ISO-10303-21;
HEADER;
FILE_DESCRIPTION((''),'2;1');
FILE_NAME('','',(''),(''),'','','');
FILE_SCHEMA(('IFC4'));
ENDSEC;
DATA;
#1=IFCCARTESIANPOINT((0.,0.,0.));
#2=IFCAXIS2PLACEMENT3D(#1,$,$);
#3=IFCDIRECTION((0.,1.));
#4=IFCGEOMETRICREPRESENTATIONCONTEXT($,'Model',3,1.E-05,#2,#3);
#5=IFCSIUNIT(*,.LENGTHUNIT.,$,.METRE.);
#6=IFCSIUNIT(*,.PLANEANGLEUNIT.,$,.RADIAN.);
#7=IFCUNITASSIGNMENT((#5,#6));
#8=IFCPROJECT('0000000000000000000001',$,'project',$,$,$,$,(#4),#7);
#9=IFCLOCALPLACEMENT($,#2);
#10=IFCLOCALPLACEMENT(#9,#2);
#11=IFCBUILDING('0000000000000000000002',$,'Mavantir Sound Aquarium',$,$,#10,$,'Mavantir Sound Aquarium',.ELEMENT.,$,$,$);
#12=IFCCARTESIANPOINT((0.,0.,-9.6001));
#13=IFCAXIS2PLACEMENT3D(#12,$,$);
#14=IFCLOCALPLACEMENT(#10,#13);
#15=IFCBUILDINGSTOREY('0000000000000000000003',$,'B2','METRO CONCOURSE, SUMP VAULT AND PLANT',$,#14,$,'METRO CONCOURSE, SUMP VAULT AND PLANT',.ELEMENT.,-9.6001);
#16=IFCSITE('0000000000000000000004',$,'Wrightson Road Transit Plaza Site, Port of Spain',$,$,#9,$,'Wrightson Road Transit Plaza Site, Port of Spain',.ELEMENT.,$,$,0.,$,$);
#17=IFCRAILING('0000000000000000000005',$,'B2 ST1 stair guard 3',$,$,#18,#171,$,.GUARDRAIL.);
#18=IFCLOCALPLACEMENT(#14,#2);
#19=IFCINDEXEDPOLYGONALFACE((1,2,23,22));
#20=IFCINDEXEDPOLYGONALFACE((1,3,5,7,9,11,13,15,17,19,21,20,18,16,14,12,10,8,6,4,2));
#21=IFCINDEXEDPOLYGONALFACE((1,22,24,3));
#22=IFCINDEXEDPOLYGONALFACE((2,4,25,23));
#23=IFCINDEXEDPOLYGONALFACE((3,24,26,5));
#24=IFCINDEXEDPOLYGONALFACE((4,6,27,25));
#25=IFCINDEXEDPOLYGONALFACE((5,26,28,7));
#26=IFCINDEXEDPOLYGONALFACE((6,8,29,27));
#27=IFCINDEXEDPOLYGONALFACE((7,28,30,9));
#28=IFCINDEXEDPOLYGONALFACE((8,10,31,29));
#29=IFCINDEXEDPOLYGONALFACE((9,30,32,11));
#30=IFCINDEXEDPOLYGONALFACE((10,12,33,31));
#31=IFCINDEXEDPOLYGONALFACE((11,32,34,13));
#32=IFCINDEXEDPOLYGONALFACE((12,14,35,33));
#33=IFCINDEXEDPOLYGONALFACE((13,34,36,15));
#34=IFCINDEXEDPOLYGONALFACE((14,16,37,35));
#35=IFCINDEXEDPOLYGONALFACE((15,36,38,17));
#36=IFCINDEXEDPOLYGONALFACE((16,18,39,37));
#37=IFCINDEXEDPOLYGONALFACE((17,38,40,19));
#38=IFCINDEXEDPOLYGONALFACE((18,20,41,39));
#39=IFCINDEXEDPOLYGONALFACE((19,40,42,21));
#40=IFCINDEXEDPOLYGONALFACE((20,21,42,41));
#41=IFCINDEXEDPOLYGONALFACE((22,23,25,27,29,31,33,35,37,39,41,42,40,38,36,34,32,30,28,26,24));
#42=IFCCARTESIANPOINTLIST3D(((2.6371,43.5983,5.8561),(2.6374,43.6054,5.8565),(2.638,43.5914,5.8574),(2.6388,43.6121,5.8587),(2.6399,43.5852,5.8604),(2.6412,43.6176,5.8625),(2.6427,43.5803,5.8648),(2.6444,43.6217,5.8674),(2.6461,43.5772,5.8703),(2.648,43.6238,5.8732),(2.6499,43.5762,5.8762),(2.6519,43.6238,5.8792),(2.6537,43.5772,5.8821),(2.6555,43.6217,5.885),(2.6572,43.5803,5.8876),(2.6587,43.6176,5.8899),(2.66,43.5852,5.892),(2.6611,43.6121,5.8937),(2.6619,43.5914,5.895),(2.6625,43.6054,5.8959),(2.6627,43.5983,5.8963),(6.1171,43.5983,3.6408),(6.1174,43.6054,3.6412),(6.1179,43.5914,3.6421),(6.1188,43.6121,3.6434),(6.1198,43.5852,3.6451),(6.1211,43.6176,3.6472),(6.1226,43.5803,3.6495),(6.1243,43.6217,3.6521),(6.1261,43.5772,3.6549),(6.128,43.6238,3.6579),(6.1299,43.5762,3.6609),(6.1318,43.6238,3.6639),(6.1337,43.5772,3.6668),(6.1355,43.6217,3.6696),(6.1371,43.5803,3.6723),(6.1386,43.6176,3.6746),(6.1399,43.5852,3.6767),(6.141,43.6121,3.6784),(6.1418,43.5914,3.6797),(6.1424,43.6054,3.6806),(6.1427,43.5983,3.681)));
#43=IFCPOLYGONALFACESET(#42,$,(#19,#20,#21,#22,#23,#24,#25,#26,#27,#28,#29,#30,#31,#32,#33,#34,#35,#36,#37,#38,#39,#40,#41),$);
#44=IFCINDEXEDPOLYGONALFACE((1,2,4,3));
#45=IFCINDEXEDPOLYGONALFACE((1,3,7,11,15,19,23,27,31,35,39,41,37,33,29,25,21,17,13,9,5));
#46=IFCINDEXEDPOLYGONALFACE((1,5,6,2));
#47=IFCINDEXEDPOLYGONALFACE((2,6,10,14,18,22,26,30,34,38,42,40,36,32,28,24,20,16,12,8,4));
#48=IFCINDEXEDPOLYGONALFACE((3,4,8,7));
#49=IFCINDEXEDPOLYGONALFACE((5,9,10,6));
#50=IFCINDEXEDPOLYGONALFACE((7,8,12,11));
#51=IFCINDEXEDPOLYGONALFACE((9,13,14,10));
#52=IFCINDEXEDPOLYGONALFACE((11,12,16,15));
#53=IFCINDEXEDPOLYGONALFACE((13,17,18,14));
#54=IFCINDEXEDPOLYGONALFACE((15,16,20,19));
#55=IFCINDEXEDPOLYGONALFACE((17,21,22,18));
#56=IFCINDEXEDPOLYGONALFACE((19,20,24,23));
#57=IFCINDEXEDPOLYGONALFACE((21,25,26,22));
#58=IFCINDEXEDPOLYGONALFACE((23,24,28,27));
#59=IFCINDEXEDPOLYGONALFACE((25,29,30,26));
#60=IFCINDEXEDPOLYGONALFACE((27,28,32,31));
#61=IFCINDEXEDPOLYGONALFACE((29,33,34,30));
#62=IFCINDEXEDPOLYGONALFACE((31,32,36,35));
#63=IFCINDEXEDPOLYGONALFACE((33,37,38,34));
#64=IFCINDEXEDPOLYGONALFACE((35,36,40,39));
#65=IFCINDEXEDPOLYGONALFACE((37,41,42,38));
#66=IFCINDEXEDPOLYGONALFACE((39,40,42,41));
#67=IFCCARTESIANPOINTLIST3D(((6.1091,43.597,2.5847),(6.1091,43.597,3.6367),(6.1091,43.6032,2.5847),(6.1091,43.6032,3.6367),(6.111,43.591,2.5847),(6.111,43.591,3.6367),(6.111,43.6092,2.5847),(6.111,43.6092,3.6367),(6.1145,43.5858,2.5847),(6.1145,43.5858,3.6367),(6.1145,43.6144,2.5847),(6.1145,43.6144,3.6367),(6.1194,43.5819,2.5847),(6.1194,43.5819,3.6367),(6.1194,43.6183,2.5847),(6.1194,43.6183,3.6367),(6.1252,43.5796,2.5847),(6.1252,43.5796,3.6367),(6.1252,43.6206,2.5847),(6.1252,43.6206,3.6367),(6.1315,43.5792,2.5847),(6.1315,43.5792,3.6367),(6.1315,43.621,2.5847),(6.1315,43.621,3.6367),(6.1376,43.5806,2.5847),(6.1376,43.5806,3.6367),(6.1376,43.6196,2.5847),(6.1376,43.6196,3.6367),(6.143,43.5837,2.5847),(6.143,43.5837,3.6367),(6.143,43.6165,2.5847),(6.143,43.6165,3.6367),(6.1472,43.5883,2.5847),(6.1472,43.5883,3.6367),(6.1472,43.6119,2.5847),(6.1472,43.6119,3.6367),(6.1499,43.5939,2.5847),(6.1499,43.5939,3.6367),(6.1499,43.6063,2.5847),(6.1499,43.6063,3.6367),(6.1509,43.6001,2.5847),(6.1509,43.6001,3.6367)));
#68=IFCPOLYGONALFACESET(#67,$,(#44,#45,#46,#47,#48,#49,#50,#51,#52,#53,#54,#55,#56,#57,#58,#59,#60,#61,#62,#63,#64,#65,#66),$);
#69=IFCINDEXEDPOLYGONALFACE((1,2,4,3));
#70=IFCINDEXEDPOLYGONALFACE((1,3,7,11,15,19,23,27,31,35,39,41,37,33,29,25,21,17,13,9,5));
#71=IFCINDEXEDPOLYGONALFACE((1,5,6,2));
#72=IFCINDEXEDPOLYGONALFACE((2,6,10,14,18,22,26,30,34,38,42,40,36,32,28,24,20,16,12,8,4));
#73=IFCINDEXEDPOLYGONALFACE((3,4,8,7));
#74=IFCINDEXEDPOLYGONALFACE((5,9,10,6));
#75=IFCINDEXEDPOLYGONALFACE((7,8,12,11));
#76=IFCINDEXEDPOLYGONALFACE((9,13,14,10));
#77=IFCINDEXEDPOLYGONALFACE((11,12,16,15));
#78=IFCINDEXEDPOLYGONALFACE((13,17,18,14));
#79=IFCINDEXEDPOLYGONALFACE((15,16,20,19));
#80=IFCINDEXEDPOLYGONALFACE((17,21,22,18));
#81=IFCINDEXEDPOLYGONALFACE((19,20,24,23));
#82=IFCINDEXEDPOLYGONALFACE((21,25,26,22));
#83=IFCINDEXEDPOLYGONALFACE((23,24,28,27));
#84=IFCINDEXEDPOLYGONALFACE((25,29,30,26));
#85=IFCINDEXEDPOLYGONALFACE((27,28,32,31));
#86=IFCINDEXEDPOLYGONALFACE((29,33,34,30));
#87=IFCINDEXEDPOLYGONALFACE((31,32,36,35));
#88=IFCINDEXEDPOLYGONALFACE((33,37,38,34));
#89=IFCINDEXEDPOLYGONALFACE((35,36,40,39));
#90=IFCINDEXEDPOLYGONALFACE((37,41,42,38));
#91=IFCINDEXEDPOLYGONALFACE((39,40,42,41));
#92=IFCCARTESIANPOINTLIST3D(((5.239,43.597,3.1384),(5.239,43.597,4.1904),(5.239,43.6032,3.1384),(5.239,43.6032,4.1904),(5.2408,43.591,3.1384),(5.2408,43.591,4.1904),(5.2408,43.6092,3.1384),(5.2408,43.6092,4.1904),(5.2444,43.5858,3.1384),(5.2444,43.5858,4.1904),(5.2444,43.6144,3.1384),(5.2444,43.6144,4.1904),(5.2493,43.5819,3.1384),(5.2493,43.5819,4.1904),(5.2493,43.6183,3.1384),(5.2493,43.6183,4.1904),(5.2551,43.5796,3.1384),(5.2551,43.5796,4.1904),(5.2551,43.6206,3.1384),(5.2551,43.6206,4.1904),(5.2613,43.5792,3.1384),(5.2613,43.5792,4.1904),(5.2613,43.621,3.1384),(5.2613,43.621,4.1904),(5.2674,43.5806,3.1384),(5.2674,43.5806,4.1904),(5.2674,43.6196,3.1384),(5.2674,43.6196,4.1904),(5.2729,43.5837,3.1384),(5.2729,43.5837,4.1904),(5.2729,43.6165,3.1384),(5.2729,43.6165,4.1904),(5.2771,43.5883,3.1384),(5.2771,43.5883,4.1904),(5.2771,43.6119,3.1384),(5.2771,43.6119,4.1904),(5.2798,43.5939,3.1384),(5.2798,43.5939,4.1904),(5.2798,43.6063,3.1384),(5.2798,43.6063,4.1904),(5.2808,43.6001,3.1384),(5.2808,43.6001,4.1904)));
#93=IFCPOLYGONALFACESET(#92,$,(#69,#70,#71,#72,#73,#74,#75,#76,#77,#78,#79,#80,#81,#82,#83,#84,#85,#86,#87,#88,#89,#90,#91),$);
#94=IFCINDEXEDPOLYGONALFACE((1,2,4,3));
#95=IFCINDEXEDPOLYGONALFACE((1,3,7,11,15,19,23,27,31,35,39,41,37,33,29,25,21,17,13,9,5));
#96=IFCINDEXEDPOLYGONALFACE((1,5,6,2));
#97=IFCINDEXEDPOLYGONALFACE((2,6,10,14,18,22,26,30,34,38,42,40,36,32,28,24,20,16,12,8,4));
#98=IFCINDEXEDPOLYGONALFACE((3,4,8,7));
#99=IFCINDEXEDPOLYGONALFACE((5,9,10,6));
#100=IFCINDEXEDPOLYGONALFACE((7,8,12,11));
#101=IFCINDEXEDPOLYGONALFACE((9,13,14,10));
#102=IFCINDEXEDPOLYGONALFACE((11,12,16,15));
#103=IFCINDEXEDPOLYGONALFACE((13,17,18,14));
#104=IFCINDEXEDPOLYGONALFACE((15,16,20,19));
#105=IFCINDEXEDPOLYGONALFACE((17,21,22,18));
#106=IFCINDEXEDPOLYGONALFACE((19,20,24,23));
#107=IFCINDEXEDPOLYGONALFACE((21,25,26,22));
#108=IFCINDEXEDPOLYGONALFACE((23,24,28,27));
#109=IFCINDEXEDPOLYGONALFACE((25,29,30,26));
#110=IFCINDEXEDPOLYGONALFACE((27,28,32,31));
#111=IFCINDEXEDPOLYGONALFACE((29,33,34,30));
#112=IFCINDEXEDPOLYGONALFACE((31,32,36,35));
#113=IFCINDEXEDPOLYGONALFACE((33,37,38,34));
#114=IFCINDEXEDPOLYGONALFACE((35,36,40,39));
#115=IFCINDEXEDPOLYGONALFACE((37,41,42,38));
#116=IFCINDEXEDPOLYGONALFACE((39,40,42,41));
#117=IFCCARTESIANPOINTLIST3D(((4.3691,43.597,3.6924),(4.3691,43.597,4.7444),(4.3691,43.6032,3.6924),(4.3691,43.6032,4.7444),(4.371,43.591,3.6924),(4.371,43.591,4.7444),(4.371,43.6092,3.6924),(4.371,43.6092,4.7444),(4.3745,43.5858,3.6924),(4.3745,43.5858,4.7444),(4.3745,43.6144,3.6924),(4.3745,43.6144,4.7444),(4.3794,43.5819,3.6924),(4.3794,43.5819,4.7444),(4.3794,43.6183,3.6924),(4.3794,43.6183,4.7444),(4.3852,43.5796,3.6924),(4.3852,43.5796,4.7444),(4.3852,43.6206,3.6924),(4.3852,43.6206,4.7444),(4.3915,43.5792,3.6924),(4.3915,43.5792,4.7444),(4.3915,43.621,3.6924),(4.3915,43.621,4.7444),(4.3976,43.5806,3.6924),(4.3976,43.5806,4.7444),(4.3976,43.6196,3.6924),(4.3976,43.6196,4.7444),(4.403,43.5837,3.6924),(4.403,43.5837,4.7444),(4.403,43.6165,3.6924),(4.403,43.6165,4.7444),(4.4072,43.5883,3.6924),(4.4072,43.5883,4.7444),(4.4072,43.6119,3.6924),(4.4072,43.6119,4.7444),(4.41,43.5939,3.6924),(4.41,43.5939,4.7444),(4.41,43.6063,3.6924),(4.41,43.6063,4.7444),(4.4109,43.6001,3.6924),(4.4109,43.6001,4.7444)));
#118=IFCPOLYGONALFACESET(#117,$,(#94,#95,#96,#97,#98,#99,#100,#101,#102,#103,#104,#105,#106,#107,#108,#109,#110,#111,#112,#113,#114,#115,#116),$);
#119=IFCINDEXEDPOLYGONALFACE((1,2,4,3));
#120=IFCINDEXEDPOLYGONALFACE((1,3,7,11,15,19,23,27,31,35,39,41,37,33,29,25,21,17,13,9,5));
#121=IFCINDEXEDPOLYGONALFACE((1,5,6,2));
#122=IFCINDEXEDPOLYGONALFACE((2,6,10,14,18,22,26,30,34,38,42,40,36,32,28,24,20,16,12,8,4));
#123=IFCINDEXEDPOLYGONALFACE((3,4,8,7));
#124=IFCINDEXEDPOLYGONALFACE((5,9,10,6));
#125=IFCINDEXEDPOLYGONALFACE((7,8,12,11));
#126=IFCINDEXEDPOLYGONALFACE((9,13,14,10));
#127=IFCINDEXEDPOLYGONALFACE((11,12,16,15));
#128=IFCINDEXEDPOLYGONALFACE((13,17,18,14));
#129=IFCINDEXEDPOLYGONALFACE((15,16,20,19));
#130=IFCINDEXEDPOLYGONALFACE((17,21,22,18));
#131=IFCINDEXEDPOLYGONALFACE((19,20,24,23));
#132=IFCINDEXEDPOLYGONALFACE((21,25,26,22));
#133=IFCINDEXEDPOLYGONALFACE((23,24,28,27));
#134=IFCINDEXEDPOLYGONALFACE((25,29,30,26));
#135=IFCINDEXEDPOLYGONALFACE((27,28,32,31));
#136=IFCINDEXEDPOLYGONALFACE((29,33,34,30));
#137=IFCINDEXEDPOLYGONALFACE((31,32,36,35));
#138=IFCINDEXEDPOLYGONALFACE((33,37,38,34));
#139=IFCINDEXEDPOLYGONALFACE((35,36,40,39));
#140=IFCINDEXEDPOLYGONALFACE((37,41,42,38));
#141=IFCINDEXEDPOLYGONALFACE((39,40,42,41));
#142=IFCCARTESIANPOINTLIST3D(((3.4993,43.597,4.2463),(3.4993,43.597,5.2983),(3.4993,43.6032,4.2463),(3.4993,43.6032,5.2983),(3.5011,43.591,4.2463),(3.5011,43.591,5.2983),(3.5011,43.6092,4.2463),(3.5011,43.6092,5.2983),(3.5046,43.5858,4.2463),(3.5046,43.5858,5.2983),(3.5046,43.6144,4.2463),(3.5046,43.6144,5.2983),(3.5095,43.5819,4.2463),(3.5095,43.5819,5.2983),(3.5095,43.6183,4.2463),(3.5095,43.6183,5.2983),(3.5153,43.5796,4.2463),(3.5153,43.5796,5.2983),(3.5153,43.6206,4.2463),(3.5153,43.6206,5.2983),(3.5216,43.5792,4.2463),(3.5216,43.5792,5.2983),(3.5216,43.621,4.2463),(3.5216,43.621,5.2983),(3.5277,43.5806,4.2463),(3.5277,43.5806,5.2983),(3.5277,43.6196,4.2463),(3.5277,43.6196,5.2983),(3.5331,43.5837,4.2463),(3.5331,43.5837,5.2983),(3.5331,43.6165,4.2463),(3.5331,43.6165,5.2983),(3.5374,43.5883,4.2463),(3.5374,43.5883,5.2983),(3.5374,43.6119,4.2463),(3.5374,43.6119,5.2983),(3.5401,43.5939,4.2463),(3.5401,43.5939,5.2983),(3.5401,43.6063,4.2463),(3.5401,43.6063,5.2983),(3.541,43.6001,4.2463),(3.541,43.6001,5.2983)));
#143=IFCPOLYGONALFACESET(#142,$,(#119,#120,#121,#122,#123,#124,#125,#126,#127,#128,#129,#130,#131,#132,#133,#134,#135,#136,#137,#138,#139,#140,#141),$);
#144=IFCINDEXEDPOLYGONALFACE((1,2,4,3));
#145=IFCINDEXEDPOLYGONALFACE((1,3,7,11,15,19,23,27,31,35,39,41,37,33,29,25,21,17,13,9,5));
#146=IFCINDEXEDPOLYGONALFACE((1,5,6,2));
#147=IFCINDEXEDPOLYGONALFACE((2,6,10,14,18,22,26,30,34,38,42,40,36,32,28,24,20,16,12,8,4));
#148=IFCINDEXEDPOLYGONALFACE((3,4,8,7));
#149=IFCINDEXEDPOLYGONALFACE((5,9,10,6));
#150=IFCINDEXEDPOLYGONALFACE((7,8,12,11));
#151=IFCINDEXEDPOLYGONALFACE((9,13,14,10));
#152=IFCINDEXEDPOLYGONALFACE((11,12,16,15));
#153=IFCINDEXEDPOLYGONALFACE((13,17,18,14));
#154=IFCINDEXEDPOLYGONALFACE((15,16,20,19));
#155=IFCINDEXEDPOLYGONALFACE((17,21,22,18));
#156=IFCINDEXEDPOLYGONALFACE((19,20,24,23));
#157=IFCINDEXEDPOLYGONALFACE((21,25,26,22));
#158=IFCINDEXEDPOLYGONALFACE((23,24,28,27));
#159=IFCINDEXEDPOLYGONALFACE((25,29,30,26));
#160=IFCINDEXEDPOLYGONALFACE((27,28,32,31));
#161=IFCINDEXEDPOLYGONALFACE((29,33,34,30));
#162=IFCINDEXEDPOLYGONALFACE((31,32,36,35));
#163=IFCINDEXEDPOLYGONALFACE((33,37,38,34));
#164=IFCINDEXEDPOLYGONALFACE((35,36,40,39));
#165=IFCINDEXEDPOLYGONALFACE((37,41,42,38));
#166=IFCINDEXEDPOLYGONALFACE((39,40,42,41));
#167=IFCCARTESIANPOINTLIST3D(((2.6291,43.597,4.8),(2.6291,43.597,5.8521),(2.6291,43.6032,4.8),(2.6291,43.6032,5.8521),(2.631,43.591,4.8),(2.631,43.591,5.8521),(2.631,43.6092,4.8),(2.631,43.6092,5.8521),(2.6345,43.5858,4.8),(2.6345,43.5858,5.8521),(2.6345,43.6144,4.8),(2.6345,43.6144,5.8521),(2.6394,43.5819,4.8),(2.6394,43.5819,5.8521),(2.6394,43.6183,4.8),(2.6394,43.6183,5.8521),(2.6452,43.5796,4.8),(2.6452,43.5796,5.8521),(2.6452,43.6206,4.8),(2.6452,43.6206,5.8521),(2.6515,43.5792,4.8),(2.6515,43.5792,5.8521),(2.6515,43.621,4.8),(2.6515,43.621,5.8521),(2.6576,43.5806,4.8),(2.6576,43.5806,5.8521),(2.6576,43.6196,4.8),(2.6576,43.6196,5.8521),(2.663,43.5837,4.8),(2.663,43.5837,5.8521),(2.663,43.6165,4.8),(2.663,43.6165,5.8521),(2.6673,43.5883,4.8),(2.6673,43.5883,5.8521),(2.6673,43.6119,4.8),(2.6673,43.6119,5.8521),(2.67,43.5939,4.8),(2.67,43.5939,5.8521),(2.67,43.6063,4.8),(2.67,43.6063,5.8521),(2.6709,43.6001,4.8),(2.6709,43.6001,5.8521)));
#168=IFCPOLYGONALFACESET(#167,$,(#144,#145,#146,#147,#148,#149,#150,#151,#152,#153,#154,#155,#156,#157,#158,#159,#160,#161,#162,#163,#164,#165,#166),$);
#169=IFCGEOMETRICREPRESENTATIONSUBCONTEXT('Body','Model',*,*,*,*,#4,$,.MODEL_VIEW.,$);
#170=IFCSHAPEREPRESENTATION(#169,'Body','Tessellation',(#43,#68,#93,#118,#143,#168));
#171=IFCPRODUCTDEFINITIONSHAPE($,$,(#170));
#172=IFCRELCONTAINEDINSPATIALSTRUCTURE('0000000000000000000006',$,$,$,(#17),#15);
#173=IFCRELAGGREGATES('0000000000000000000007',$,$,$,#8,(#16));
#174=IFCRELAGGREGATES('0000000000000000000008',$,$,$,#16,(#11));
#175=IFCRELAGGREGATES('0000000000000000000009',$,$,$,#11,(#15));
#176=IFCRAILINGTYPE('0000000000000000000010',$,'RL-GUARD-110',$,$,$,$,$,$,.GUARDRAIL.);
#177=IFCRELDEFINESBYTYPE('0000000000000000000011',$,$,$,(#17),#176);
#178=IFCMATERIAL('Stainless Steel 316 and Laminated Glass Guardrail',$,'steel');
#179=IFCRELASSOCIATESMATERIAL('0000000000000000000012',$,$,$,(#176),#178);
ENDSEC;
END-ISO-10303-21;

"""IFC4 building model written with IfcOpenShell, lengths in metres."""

from ifc_helpers import new_model, si_unit, direction, frame, origin, origin_2d, place, context, subcontext, project, spatial, circle, extrude, material, type_object, element, save


model = new_model("IFC4")

# Units and contexts
model_context = context("Model", 3, precision=1e-05, world=origin(), true_north=direction((0.0, 1.0)))
body_context = subcontext(model_context, "Body", "Model", "MODEL_VIEW")
ifc_project = project(units=[si_unit("LENGTHUNIT", "METRE"), si_unit("PLANEANGLEUNIT", "RADIAN")], contexts=[model_context])

# Site, building, storey
site_placement = place(None, origin())
site = spatial("IfcSite", under=ifc_project, at=site_placement, Name="Wrightson Road Transit Plaza Site, Port of Spain", LongName="Wrightson Road Transit Plaza Site, Port of Spain", CompositionType="ELEMENT", RefElevation=0.0)
building_placement = place(site_placement, origin())
building = spatial("IfcBuilding", under=site, at=building_placement, Name="Mavantir Sound Aquarium", LongName="Mavantir Sound Aquarium", CompositionType="ELEMENT")
storey_placement = place(building_placement, frame((0.0, 0.0, -9.6001)))
storey = spatial("IfcBuildingStorey", under=building, at=storey_placement, Name="B2", Description="METRO CONCOURSE, SUMP VAULT AND PLANT", LongName="METRO CONCOURSE, SUMP VAULT AND PLANT", CompositionType="ELEMENT", Elevation=-9.6001)

# Railing
ifc_material_1 = material(Name="Stainless Steel 316 and Laminated Glass Guardrail", Category="steel")
railing_type_1 = type_object("IfcRailingType", Name="RL-GUARD-110", PredefinedType="GUARDRAIL", material=ifc_material_1)
railing_1_placement = place(storey_placement, frame((6.1299, 43.6001, 2.5847)))
element("IfcRailing", 1, at=railing_1_placement, inside=storey, type_object=railing_type_1, Name="B2 ST1 stair guard 3", PredefinedType="GUARDRAIL", context=body_context, shape_type="SweptSolid", body=[
    extrude(circle(Radius=0.0239, at=origin_2d()), frame((0.0, 0.0, 1.0762), z_axis=(-0.843574, 0.0, 0.537013), x_axis=(0.0, -1.0, 0.0)), (0.0, 0.0, 1.0), 4.1252),
    extrude(circle(Radius=0.021, at=origin_2d()), origin(), (0.0, 0.0, 1.0), 1.052),
    extrude(circle(Radius=0.021, at=origin_2d()), frame((-0.8701, 0.0, 0.5537)), (0.0, 0.0, 1.0), 1.052),
    extrude(circle(Radius=0.021, at=origin_2d()), frame((-1.74, 0.0, 1.1077)), (0.0, 0.0, 1.0), 1.052),
    extrude(circle(Radius=0.021, at=origin_2d()), frame((-2.6099, 0.0, 1.6616)), (0.0, 0.0, 1.0), 1.052),
    extrude(circle(Radius=0.021, at=origin_2d()), frame((-3.48, 0.0, 2.2153)), (0.0, 0.0, 1.0), 1.052),
])

save(model, "model.ifc")
